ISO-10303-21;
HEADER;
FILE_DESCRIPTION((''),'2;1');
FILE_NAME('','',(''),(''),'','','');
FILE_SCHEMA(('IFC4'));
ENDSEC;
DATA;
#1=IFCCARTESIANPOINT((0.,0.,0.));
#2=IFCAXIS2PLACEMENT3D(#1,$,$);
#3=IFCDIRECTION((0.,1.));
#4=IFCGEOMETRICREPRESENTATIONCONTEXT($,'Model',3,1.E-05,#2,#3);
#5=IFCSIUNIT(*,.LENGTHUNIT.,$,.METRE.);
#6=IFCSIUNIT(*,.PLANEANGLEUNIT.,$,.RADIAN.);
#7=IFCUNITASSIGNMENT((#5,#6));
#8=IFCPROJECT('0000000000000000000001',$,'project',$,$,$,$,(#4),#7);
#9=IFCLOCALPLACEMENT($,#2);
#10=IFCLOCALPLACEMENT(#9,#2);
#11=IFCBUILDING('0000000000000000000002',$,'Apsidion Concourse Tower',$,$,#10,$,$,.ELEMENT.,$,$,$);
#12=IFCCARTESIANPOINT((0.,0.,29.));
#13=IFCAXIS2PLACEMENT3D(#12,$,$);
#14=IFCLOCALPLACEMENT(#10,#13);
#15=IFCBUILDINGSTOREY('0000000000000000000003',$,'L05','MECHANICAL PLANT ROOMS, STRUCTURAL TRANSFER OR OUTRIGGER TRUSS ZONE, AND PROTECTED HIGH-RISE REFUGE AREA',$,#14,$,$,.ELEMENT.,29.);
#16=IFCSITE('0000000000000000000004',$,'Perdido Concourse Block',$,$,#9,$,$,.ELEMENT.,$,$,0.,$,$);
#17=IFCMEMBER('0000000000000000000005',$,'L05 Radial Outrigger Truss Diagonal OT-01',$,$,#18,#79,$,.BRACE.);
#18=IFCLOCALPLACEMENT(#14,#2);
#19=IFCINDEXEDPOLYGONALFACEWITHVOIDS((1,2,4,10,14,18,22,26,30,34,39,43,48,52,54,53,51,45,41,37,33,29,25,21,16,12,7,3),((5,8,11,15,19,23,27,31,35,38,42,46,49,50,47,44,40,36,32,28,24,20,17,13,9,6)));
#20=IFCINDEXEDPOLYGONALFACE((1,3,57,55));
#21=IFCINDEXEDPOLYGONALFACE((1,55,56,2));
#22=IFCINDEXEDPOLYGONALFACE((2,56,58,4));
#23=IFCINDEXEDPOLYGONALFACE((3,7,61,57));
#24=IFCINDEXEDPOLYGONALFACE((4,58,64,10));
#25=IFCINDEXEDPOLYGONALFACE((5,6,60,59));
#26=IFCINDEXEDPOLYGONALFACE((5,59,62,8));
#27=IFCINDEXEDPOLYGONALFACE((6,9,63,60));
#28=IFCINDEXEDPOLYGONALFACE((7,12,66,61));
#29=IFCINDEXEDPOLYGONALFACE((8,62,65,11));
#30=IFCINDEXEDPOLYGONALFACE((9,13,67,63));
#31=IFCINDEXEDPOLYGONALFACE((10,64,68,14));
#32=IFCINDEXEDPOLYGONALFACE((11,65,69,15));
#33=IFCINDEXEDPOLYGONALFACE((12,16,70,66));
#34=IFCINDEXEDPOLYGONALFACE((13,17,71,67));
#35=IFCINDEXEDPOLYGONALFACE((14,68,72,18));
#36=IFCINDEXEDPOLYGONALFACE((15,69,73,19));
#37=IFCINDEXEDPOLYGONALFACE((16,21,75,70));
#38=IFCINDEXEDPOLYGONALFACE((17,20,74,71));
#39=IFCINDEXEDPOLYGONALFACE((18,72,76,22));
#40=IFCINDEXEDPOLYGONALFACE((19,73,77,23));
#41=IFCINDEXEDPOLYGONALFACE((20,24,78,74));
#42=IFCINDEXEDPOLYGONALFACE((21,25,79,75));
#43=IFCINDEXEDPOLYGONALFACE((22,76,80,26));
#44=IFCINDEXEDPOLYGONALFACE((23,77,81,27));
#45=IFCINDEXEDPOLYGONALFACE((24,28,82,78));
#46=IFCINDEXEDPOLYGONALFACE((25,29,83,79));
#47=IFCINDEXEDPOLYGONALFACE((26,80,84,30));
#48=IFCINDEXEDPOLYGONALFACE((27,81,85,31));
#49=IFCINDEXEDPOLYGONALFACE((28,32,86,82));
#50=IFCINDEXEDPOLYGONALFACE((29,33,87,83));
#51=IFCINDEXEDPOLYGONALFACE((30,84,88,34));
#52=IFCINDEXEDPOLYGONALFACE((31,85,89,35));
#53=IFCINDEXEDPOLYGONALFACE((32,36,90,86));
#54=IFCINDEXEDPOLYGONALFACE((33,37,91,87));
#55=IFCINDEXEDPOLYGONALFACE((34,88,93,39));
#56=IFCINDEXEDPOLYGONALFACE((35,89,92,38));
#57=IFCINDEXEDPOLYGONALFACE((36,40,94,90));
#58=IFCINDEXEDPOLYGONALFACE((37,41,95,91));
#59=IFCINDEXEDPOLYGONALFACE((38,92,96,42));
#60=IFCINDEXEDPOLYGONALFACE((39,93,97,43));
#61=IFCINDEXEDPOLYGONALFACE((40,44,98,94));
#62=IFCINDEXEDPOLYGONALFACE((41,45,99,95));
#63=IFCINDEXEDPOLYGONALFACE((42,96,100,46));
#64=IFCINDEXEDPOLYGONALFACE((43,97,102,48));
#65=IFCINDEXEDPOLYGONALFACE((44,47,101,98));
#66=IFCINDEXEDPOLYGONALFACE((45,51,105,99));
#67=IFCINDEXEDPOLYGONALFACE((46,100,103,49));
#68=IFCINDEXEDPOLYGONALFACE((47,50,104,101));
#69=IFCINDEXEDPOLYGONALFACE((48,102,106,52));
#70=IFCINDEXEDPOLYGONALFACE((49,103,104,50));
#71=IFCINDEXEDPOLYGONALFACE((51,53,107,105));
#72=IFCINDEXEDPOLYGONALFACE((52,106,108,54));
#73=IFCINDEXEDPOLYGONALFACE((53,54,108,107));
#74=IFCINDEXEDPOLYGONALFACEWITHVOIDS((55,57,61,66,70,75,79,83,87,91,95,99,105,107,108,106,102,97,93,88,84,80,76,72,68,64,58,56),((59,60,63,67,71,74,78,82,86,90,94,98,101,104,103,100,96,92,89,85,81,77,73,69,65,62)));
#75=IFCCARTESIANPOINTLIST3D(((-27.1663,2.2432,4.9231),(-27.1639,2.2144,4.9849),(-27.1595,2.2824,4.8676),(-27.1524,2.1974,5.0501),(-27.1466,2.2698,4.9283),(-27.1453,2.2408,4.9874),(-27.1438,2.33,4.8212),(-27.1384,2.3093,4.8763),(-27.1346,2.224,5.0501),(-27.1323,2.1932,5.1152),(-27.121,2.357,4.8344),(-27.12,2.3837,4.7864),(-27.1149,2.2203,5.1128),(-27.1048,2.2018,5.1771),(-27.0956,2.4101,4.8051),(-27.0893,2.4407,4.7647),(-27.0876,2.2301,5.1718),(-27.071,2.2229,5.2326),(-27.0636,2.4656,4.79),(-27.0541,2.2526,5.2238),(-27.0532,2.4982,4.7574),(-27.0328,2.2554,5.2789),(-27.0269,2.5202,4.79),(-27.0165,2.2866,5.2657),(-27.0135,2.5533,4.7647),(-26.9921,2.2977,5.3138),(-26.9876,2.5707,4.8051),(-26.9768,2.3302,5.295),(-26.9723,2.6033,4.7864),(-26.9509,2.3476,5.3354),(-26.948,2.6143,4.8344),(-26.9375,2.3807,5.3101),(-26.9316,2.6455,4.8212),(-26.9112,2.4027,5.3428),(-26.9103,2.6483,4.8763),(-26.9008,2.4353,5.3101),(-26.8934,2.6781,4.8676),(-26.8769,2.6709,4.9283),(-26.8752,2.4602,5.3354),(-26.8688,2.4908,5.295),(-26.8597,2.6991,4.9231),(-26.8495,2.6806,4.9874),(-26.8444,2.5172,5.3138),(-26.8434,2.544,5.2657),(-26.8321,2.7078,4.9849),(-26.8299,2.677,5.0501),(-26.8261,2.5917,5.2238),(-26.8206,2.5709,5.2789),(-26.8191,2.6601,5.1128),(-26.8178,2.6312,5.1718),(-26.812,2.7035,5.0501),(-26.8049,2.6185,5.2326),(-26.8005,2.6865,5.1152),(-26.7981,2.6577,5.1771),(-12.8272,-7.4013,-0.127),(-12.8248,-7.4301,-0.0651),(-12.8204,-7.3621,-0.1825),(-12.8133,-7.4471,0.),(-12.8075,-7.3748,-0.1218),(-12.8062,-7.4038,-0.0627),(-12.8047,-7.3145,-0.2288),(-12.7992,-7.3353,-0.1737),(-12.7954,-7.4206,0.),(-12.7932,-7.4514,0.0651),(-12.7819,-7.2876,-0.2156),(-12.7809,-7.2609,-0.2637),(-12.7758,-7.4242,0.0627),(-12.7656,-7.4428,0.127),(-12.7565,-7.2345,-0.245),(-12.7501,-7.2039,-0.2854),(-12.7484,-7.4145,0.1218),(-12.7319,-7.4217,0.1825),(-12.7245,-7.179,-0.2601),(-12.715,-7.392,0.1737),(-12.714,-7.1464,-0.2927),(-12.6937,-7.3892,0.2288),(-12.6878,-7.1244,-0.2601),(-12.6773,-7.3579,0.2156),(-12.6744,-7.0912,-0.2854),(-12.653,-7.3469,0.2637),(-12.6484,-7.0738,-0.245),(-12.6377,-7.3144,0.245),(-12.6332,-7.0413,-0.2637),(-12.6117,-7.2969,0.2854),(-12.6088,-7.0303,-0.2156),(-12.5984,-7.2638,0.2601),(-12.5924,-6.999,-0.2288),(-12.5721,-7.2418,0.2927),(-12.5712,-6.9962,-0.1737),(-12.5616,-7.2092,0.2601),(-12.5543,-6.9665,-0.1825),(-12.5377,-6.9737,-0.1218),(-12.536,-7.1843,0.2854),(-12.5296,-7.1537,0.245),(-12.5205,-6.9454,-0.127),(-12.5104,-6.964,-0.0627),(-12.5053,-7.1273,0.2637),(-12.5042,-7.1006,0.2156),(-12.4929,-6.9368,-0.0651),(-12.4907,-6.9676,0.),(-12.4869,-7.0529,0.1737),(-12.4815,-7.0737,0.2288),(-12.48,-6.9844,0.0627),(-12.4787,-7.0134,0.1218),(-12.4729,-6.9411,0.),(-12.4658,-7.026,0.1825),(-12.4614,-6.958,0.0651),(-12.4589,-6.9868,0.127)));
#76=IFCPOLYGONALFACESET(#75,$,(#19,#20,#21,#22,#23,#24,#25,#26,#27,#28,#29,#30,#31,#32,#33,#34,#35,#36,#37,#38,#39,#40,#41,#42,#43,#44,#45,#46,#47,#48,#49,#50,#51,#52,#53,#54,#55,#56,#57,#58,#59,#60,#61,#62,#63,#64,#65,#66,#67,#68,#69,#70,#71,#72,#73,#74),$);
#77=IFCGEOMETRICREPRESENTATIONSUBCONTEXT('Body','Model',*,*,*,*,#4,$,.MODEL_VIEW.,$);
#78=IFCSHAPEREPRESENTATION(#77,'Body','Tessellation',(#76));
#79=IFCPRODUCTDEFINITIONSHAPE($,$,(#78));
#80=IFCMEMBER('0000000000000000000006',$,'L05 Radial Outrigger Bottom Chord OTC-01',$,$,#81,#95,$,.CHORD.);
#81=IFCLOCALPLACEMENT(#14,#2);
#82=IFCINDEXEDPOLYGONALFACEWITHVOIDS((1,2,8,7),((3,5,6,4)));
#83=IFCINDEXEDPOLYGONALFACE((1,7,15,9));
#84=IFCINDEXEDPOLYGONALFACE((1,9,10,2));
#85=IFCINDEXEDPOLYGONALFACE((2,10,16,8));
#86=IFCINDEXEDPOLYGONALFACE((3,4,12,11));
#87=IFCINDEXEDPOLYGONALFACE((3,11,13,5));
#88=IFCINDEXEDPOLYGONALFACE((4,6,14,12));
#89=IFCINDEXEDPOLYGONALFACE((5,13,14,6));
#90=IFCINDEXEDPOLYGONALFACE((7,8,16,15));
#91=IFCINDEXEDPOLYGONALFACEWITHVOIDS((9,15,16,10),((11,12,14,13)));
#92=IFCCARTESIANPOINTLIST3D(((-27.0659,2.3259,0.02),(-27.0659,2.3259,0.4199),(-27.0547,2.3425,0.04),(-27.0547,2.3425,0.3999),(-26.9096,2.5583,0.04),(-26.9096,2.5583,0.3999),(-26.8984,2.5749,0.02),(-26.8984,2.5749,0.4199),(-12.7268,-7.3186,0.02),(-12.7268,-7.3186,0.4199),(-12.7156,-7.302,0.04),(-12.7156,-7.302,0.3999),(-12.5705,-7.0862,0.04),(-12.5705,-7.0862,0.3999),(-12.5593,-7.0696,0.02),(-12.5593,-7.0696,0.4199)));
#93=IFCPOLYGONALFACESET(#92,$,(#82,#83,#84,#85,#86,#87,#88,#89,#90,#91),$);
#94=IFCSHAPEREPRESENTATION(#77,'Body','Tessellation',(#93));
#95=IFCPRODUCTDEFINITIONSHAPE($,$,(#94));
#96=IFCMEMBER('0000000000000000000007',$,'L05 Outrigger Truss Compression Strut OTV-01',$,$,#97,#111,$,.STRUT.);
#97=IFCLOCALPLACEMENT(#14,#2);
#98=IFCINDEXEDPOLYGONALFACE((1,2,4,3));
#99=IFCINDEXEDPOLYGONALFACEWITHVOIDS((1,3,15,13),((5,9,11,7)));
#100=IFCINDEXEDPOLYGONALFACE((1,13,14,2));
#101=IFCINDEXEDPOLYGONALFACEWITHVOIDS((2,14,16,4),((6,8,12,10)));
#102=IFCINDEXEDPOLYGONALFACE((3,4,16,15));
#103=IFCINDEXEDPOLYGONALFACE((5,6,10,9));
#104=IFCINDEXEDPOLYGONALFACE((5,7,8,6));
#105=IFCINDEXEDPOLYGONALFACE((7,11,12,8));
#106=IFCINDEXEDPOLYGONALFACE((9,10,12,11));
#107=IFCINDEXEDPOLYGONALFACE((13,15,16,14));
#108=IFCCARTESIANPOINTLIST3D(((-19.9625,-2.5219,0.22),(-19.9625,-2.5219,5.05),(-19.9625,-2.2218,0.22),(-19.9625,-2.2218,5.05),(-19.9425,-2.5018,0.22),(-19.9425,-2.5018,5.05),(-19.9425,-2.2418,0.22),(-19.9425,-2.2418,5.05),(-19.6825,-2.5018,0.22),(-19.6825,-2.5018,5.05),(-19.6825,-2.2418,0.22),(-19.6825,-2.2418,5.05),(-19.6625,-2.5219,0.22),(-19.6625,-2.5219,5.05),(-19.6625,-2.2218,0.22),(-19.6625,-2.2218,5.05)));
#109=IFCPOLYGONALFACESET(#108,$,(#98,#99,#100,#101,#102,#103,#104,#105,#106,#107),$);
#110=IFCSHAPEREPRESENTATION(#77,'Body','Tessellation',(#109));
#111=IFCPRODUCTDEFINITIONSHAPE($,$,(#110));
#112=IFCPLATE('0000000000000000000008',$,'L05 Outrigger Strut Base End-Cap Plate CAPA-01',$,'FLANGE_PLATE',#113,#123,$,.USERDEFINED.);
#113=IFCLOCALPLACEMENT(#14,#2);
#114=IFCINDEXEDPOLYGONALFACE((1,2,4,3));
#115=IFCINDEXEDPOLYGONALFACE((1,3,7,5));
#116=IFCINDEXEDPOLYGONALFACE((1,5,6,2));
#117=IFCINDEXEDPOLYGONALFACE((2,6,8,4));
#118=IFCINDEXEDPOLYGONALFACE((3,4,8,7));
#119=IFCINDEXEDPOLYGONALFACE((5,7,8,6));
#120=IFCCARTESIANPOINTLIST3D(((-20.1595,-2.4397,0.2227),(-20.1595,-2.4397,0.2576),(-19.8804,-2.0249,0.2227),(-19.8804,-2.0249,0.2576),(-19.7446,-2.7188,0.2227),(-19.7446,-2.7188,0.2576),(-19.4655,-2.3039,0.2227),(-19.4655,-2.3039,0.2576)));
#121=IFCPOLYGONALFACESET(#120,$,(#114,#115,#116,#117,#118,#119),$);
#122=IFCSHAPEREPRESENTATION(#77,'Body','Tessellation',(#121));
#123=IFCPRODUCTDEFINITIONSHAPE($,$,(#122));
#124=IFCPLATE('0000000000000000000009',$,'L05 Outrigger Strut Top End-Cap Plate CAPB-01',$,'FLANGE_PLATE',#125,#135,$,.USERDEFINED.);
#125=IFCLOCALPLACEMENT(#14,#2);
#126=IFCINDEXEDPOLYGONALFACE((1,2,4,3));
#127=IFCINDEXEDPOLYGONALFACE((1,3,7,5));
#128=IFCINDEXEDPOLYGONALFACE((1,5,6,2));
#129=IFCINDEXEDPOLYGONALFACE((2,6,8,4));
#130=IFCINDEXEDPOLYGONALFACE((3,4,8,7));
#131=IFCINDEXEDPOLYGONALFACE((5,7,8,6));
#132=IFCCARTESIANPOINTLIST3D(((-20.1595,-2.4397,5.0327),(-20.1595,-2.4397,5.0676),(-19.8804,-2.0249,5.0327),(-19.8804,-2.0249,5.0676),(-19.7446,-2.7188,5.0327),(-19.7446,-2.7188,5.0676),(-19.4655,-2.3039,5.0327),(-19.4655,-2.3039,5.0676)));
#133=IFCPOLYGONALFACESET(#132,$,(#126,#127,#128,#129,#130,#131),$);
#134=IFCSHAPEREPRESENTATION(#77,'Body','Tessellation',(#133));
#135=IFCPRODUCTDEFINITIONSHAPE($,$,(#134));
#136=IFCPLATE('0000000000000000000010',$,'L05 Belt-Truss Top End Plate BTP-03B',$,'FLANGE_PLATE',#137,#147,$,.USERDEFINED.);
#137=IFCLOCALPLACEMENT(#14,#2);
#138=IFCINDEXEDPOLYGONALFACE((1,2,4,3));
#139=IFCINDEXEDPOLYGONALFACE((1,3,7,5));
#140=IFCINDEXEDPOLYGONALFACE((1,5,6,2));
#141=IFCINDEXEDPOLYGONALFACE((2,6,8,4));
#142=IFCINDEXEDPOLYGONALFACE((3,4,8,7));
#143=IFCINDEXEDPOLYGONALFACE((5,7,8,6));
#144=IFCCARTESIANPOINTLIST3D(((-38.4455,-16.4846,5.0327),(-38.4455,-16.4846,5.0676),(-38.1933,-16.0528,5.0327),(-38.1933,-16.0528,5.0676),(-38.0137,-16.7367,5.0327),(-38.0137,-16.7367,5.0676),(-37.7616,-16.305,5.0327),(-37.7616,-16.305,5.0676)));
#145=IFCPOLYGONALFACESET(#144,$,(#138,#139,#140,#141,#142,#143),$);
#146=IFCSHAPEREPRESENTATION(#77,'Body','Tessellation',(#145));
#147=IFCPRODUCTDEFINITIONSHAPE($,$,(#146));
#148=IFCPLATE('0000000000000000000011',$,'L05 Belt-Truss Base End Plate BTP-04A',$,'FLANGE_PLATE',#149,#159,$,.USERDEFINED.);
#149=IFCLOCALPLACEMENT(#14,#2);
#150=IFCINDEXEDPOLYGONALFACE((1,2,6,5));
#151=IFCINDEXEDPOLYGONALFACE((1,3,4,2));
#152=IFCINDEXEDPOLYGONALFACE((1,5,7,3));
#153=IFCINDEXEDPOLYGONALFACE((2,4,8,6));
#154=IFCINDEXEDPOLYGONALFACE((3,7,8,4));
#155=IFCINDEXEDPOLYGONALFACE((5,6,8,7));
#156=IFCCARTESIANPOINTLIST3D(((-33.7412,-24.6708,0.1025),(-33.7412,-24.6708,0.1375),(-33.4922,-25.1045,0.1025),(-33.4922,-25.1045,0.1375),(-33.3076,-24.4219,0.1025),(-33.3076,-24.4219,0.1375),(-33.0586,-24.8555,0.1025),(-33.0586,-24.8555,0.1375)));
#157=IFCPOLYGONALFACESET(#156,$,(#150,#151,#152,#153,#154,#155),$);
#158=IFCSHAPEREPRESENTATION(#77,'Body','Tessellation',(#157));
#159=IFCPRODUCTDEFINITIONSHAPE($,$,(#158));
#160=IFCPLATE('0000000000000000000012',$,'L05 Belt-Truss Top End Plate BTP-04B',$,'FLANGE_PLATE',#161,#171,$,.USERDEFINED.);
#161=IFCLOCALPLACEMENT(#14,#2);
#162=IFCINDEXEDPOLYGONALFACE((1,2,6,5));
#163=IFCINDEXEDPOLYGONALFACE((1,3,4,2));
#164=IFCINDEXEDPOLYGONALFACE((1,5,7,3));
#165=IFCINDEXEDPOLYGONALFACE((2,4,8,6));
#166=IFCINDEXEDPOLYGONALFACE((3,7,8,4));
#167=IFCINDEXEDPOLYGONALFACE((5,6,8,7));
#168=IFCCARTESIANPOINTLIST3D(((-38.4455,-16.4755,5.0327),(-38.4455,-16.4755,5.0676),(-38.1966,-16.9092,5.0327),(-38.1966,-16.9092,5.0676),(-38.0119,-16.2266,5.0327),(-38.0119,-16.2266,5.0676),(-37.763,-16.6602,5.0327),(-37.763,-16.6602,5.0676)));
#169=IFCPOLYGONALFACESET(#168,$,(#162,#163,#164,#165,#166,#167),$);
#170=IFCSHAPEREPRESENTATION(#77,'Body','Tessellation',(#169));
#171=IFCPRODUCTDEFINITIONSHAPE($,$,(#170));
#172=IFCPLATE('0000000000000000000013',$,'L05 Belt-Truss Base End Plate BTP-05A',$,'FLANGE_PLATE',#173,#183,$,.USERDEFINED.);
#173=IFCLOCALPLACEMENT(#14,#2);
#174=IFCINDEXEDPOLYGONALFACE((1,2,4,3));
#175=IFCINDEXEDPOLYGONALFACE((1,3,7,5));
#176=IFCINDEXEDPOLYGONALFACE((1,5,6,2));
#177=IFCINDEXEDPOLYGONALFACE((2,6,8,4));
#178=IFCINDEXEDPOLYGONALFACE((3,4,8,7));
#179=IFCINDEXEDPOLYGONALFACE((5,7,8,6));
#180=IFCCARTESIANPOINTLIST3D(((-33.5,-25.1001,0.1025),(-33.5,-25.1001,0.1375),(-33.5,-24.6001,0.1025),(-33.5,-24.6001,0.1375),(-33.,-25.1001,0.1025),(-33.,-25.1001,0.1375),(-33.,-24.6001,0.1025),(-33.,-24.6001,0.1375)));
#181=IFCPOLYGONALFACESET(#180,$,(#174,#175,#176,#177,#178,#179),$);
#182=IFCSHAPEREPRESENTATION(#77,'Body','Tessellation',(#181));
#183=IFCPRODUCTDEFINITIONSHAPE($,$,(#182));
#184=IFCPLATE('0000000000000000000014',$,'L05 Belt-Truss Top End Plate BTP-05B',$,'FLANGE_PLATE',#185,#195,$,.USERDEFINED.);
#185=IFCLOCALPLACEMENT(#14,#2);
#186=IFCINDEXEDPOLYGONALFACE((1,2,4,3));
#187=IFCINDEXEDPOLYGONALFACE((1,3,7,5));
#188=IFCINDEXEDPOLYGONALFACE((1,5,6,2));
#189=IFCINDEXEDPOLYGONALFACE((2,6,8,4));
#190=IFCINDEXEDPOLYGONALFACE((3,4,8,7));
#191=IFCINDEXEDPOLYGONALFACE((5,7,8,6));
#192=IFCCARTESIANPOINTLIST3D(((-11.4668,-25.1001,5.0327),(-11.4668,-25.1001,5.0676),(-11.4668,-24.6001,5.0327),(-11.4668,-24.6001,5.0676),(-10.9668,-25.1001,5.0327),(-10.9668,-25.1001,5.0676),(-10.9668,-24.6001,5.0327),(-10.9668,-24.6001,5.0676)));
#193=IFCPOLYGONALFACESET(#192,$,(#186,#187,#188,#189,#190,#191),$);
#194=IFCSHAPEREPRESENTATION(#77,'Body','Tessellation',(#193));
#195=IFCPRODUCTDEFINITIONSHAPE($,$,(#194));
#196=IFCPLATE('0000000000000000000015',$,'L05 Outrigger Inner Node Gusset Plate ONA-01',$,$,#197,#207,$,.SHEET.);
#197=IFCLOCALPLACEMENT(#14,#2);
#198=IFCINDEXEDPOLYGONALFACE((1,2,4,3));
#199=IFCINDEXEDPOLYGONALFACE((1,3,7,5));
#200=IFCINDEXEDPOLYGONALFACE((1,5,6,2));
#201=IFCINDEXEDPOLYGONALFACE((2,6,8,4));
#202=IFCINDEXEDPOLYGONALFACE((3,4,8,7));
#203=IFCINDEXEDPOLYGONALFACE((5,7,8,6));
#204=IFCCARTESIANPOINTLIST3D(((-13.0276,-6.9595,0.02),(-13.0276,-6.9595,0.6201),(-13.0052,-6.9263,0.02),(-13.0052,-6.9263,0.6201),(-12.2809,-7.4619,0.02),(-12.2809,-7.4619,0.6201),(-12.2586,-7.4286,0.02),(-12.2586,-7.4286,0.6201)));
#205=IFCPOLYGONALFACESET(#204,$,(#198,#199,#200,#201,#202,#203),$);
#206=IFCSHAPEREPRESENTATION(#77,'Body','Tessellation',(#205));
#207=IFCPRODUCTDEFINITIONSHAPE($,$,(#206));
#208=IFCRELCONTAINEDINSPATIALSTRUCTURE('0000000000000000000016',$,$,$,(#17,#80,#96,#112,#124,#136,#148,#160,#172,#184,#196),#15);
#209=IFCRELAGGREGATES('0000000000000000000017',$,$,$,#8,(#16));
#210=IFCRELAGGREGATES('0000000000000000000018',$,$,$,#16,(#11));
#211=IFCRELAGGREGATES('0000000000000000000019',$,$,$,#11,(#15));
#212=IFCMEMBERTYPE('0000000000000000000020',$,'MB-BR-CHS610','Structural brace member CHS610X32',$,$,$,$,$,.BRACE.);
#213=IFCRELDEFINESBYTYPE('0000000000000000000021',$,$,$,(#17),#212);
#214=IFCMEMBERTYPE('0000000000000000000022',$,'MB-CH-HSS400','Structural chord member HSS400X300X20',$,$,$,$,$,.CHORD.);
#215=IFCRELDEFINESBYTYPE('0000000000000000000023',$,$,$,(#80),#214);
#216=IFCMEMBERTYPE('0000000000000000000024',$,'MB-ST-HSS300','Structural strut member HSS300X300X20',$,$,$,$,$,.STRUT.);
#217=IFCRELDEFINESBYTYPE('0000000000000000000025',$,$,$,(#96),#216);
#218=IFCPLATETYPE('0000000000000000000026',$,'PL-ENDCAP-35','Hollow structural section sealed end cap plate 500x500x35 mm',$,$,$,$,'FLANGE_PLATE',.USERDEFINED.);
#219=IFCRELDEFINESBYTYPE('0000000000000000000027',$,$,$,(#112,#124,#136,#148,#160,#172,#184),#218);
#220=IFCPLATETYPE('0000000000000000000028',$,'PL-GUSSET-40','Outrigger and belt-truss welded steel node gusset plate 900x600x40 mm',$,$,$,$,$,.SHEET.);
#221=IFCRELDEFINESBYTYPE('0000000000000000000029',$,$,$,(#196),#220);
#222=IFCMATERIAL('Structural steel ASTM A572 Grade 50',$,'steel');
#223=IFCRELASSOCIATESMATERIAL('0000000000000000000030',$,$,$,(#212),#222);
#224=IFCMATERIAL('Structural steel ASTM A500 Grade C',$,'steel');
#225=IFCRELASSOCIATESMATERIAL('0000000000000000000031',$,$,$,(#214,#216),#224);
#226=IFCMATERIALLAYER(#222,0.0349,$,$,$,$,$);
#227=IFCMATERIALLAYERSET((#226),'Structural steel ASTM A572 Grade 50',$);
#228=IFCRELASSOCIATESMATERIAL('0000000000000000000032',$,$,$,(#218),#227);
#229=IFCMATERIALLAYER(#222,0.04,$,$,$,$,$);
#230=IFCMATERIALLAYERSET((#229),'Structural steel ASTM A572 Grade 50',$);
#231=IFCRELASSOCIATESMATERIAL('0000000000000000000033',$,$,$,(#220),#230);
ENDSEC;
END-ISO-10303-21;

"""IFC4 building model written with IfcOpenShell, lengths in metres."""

from ifc_helpers import new_model, si_unit, direction, frame, origin, origin_2d, place, context, subcontext, project, spatial, rectangle, hollow_rectangle, hollow_circle, extrude, material, layer, layer_set, material_profile, profile_set, type_object, element, save


model = new_model("IFC4")

# Units and contexts
model_context = context("Model", 3, precision=1e-05, world=origin(), true_north=direction((0.0, 1.0)))
body_context = subcontext(model_context, "Body", "Model", "MODEL_VIEW")
ifc_project = project(units=[si_unit("LENGTHUNIT", "METRE"), si_unit("PLANEANGLEUNIT", "RADIAN")], contexts=[model_context])

# Site, building, storey
site_placement = place(None, origin())
site = spatial("IfcSite", under=ifc_project, at=site_placement, Name="Perdido Concourse Block", CompositionType="ELEMENT", RefElevation=0.0)
building_placement = place(site_placement, origin())
building = spatial("IfcBuilding", under=site, at=building_placement, Name="Apsidion Concourse Tower", CompositionType="ELEMENT")
storey_placement = place(building_placement, frame((0.0, 0.0, 29.0)))
storey = spatial("IfcBuildingStorey", under=building, at=storey_placement, Name="L05", Description="MECHANICAL PLANT ROOMS, STRUCTURAL TRANSFER OR OUTRIGGER TRUSS ZONE, AND PROTECTED HIGH-RISE REFUGE AREA", CompositionType="ELEMENT", Elevation=29.0)

# Shared definitions
ifc_material_1 = material(Name="Structural steel ASTM A572 Grade 50", Category="steel")

# Members
ifc_material_2 = material(Name="Structural steel ASTM A500 Grade C", Category="steel")
ifc_material_profile_1 = material_profile(ifc_material_1, hollow_circle(Radius=0.3049, WallThickness=0.032, at=origin_2d()), Name="CHS610X32")
ifc_profile_set_1 = profile_set([ifc_material_profile_1], Name="Structural steel ASTM A572 Grade 50")
member_type_1 = type_object("IfcMemberType", Name="MB-BR-CHS610", Description="Structural brace member CHS610X32", PredefinedType="BRACE", material=ifc_profile_set_1)
member_1_placement = place(storey_placement, frame((-12.6431, -7.1941, 0.0), z_axis=(-0.796457, 0.5357, 0.280502), x_axis=(-0.558106, -0.82977, 0.0)))
element("IfcMember", 1, at=member_1_placement, inside=storey, type_object=member_type_1, Name="L05 Radial Outrigger Truss Diagonal OT-01", PredefinedType="BRACE", context=body_context, shape_type="SweptSolid", body=[
    extrude(hollow_circle(Radius=0.3049, WallThickness=0.032, at=origin_2d()), origin(), (0.0, 0.0, 1.0), 18.0037),
])
ifc_material_profile_2 = material_profile(ifc_material_2, hollow_rectangle(XDim=0.3, YDim=0.3999, WallThickness=0.02, at=origin_2d()), Name="HSS400X300X20")
ifc_profile_set_2 = profile_set([ifc_material_profile_2], Name="Structural steel ASTM A500 Grade C")
member_type_2 = type_object("IfcMemberType", Name="MB-CH-HSS400", Description="Structural chord member HSS400X300X20", PredefinedType="CHORD", material=ifc_profile_set_2)
member_2_placement = place(storey_placement, frame((-12.6431, -7.1941, 0.22), z_axis=(-0.82977, 0.558106, 0.0), x_axis=(-0.558106, -0.82977, 0.0)))
element("IfcMember", 2, at=member_2_placement, inside=storey, type_object=member_type_2, Name="L05 Radial Outrigger Bottom Chord OTC-01", PredefinedType="CHORD", context=body_context, shape_type="SweptSolid", body=[
    extrude(hollow_rectangle(XDim=0.3, YDim=0.3999, WallThickness=0.02, at=origin_2d()), origin(), (0.0, 0.0, 1.0), 17.2808),
])
ifc_material_profile_3 = material_profile(ifc_material_2, hollow_rectangle(XDim=0.3, YDim=0.3, WallThickness=0.02, at=origin_2d()), Name="HSS300X300X20")
ifc_profile_set_3 = profile_set([ifc_material_profile_3], Name="Structural steel ASTM A500 Grade C")
member_type_3 = type_object("IfcMemberType", Name="MB-ST-HSS300", Description="Structural strut member HSS300X300X20", PredefinedType="STRUT", material=ifc_profile_set_3)
member_3_placement = place(storey_placement, frame((-19.8125, -2.3718, 0.22), z_axis=(0.0, 0.0, 1.0), x_axis=(1.0, 0.0, 0.0)))
element("IfcMember", 3, at=member_3_placement, inside=storey, type_object=member_type_3, Name="L05 Outrigger Truss Compression Strut OTV-01", PredefinedType="STRUT", context=body_context, shape_type="SweptSolid", body=[
    extrude(hollow_rectangle(XDim=0.3, YDim=0.3, WallThickness=0.02, at=origin_2d()), origin(), (0.0, 0.0, 1.0), 4.8301),
])

# Plates
ifc_layer_1 = layer(ifc_material_1, 0.0349)
ifc_layer_set_1 = layer_set([ifc_layer_1], Name="Structural steel ASTM A572 Grade 50")
plate_type_1 = type_object("IfcPlateType", Name="PL-ENDCAP-35", Description="Hollow structural section sealed end cap plate 500x500x35 mm", ElementType="FLANGE_PLATE", PredefinedType="USERDEFINED", material=ifc_layer_set_1)
for number, where, z_axis, x_axis, name in (
    (4, (-19.8125, -2.3718, 0.2227), (0.0, 0.0, 1.0), (-0.82972, 0.55818, 0.0), "L05 Outrigger Strut Base End-Cap Plate CAPA-01"),
    (5, (-19.8125, -2.3718, 5.0327), (0.0, 0.0, 1.0), (-0.82972, 0.55818, 0.0), "L05 Outrigger Strut Top End-Cap Plate CAPB-01"),
    (6, (-38.1035, -16.3948, 5.0327), (0.0, 0.0, 1.0), (0.504377, 0.863484, 0.0), "L05 Belt-Truss Top End Plate BTP-03B"),
    (7, (-33.3999, -24.7632, 0.1025), (0.0, 0.0, 1.0), (-0.497882, 0.867245, 0.0), "L05 Belt-Truss Base End Plate BTP-04A"),
    (8, (-38.1042, -16.5679, 5.0327), (0.0, 0.0, 1.0), (-0.497882, 0.867245, 0.0), "L05 Belt-Truss Top End Plate BTP-04B"),
    (9, (-33.25, -24.8501, 0.1025), (0.0, 0.0, 1.0), (1.0, 0.0, 0.0), "L05 Belt-Truss Base End Plate BTP-05A"),
    (10, (-11.2168, -24.8501, 5.0327), (0.0, 0.0, 1.0), (1.0, 0.0, 0.0), "L05 Belt-Truss Top End Plate BTP-05B"),
):
    element("IfcPlate", number, at=place(storey_placement, frame(where, z_axis=z_axis, x_axis=x_axis)), inside=storey, type_object=plate_type_1, Name=name, ObjectType="FLANGE_PLATE", PredefinedType="USERDEFINED", context=body_context, shape_type="SweptSolid", body=[
        extrude(rectangle(XDim=0.5, YDim=0.5, at=origin_2d()), origin(), (0.0, 0.0, 1.0), 0.0349),
    ])
ifc_layer_2 = layer(ifc_material_1, 0.04)
ifc_layer_set_2 = layer_set([ifc_layer_2], Name="Structural steel ASTM A572 Grade 50")
plate_type_2 = type_object("IfcPlateType", Name="PL-GUSSET-40", Description="Outrigger and belt-truss welded steel node gusset plate 900x600x40 mm", PredefinedType="SHEET", material=ifc_layer_set_2)
plate_placement = place(storey_placement, frame((-12.6431, -7.1941, 0.02), z_axis=(0.0, 0.0, 1.0), x_axis=(-0.82972, 0.55818, 0.0)))
element("IfcPlate", 11, at=plate_placement, inside=storey, type_object=plate_type_2, Name="L05 Outrigger Inner Node Gusset Plate ONA-01", PredefinedType="SHEET", context=body_context, shape_type="SweptSolid", body=[
    extrude(rectangle(XDim=0.8999, YDim=0.04, at=origin_2d()), origin(), (0.0, 0.0, 1.0), 0.6001),
])

save(model, "model.ifc")
